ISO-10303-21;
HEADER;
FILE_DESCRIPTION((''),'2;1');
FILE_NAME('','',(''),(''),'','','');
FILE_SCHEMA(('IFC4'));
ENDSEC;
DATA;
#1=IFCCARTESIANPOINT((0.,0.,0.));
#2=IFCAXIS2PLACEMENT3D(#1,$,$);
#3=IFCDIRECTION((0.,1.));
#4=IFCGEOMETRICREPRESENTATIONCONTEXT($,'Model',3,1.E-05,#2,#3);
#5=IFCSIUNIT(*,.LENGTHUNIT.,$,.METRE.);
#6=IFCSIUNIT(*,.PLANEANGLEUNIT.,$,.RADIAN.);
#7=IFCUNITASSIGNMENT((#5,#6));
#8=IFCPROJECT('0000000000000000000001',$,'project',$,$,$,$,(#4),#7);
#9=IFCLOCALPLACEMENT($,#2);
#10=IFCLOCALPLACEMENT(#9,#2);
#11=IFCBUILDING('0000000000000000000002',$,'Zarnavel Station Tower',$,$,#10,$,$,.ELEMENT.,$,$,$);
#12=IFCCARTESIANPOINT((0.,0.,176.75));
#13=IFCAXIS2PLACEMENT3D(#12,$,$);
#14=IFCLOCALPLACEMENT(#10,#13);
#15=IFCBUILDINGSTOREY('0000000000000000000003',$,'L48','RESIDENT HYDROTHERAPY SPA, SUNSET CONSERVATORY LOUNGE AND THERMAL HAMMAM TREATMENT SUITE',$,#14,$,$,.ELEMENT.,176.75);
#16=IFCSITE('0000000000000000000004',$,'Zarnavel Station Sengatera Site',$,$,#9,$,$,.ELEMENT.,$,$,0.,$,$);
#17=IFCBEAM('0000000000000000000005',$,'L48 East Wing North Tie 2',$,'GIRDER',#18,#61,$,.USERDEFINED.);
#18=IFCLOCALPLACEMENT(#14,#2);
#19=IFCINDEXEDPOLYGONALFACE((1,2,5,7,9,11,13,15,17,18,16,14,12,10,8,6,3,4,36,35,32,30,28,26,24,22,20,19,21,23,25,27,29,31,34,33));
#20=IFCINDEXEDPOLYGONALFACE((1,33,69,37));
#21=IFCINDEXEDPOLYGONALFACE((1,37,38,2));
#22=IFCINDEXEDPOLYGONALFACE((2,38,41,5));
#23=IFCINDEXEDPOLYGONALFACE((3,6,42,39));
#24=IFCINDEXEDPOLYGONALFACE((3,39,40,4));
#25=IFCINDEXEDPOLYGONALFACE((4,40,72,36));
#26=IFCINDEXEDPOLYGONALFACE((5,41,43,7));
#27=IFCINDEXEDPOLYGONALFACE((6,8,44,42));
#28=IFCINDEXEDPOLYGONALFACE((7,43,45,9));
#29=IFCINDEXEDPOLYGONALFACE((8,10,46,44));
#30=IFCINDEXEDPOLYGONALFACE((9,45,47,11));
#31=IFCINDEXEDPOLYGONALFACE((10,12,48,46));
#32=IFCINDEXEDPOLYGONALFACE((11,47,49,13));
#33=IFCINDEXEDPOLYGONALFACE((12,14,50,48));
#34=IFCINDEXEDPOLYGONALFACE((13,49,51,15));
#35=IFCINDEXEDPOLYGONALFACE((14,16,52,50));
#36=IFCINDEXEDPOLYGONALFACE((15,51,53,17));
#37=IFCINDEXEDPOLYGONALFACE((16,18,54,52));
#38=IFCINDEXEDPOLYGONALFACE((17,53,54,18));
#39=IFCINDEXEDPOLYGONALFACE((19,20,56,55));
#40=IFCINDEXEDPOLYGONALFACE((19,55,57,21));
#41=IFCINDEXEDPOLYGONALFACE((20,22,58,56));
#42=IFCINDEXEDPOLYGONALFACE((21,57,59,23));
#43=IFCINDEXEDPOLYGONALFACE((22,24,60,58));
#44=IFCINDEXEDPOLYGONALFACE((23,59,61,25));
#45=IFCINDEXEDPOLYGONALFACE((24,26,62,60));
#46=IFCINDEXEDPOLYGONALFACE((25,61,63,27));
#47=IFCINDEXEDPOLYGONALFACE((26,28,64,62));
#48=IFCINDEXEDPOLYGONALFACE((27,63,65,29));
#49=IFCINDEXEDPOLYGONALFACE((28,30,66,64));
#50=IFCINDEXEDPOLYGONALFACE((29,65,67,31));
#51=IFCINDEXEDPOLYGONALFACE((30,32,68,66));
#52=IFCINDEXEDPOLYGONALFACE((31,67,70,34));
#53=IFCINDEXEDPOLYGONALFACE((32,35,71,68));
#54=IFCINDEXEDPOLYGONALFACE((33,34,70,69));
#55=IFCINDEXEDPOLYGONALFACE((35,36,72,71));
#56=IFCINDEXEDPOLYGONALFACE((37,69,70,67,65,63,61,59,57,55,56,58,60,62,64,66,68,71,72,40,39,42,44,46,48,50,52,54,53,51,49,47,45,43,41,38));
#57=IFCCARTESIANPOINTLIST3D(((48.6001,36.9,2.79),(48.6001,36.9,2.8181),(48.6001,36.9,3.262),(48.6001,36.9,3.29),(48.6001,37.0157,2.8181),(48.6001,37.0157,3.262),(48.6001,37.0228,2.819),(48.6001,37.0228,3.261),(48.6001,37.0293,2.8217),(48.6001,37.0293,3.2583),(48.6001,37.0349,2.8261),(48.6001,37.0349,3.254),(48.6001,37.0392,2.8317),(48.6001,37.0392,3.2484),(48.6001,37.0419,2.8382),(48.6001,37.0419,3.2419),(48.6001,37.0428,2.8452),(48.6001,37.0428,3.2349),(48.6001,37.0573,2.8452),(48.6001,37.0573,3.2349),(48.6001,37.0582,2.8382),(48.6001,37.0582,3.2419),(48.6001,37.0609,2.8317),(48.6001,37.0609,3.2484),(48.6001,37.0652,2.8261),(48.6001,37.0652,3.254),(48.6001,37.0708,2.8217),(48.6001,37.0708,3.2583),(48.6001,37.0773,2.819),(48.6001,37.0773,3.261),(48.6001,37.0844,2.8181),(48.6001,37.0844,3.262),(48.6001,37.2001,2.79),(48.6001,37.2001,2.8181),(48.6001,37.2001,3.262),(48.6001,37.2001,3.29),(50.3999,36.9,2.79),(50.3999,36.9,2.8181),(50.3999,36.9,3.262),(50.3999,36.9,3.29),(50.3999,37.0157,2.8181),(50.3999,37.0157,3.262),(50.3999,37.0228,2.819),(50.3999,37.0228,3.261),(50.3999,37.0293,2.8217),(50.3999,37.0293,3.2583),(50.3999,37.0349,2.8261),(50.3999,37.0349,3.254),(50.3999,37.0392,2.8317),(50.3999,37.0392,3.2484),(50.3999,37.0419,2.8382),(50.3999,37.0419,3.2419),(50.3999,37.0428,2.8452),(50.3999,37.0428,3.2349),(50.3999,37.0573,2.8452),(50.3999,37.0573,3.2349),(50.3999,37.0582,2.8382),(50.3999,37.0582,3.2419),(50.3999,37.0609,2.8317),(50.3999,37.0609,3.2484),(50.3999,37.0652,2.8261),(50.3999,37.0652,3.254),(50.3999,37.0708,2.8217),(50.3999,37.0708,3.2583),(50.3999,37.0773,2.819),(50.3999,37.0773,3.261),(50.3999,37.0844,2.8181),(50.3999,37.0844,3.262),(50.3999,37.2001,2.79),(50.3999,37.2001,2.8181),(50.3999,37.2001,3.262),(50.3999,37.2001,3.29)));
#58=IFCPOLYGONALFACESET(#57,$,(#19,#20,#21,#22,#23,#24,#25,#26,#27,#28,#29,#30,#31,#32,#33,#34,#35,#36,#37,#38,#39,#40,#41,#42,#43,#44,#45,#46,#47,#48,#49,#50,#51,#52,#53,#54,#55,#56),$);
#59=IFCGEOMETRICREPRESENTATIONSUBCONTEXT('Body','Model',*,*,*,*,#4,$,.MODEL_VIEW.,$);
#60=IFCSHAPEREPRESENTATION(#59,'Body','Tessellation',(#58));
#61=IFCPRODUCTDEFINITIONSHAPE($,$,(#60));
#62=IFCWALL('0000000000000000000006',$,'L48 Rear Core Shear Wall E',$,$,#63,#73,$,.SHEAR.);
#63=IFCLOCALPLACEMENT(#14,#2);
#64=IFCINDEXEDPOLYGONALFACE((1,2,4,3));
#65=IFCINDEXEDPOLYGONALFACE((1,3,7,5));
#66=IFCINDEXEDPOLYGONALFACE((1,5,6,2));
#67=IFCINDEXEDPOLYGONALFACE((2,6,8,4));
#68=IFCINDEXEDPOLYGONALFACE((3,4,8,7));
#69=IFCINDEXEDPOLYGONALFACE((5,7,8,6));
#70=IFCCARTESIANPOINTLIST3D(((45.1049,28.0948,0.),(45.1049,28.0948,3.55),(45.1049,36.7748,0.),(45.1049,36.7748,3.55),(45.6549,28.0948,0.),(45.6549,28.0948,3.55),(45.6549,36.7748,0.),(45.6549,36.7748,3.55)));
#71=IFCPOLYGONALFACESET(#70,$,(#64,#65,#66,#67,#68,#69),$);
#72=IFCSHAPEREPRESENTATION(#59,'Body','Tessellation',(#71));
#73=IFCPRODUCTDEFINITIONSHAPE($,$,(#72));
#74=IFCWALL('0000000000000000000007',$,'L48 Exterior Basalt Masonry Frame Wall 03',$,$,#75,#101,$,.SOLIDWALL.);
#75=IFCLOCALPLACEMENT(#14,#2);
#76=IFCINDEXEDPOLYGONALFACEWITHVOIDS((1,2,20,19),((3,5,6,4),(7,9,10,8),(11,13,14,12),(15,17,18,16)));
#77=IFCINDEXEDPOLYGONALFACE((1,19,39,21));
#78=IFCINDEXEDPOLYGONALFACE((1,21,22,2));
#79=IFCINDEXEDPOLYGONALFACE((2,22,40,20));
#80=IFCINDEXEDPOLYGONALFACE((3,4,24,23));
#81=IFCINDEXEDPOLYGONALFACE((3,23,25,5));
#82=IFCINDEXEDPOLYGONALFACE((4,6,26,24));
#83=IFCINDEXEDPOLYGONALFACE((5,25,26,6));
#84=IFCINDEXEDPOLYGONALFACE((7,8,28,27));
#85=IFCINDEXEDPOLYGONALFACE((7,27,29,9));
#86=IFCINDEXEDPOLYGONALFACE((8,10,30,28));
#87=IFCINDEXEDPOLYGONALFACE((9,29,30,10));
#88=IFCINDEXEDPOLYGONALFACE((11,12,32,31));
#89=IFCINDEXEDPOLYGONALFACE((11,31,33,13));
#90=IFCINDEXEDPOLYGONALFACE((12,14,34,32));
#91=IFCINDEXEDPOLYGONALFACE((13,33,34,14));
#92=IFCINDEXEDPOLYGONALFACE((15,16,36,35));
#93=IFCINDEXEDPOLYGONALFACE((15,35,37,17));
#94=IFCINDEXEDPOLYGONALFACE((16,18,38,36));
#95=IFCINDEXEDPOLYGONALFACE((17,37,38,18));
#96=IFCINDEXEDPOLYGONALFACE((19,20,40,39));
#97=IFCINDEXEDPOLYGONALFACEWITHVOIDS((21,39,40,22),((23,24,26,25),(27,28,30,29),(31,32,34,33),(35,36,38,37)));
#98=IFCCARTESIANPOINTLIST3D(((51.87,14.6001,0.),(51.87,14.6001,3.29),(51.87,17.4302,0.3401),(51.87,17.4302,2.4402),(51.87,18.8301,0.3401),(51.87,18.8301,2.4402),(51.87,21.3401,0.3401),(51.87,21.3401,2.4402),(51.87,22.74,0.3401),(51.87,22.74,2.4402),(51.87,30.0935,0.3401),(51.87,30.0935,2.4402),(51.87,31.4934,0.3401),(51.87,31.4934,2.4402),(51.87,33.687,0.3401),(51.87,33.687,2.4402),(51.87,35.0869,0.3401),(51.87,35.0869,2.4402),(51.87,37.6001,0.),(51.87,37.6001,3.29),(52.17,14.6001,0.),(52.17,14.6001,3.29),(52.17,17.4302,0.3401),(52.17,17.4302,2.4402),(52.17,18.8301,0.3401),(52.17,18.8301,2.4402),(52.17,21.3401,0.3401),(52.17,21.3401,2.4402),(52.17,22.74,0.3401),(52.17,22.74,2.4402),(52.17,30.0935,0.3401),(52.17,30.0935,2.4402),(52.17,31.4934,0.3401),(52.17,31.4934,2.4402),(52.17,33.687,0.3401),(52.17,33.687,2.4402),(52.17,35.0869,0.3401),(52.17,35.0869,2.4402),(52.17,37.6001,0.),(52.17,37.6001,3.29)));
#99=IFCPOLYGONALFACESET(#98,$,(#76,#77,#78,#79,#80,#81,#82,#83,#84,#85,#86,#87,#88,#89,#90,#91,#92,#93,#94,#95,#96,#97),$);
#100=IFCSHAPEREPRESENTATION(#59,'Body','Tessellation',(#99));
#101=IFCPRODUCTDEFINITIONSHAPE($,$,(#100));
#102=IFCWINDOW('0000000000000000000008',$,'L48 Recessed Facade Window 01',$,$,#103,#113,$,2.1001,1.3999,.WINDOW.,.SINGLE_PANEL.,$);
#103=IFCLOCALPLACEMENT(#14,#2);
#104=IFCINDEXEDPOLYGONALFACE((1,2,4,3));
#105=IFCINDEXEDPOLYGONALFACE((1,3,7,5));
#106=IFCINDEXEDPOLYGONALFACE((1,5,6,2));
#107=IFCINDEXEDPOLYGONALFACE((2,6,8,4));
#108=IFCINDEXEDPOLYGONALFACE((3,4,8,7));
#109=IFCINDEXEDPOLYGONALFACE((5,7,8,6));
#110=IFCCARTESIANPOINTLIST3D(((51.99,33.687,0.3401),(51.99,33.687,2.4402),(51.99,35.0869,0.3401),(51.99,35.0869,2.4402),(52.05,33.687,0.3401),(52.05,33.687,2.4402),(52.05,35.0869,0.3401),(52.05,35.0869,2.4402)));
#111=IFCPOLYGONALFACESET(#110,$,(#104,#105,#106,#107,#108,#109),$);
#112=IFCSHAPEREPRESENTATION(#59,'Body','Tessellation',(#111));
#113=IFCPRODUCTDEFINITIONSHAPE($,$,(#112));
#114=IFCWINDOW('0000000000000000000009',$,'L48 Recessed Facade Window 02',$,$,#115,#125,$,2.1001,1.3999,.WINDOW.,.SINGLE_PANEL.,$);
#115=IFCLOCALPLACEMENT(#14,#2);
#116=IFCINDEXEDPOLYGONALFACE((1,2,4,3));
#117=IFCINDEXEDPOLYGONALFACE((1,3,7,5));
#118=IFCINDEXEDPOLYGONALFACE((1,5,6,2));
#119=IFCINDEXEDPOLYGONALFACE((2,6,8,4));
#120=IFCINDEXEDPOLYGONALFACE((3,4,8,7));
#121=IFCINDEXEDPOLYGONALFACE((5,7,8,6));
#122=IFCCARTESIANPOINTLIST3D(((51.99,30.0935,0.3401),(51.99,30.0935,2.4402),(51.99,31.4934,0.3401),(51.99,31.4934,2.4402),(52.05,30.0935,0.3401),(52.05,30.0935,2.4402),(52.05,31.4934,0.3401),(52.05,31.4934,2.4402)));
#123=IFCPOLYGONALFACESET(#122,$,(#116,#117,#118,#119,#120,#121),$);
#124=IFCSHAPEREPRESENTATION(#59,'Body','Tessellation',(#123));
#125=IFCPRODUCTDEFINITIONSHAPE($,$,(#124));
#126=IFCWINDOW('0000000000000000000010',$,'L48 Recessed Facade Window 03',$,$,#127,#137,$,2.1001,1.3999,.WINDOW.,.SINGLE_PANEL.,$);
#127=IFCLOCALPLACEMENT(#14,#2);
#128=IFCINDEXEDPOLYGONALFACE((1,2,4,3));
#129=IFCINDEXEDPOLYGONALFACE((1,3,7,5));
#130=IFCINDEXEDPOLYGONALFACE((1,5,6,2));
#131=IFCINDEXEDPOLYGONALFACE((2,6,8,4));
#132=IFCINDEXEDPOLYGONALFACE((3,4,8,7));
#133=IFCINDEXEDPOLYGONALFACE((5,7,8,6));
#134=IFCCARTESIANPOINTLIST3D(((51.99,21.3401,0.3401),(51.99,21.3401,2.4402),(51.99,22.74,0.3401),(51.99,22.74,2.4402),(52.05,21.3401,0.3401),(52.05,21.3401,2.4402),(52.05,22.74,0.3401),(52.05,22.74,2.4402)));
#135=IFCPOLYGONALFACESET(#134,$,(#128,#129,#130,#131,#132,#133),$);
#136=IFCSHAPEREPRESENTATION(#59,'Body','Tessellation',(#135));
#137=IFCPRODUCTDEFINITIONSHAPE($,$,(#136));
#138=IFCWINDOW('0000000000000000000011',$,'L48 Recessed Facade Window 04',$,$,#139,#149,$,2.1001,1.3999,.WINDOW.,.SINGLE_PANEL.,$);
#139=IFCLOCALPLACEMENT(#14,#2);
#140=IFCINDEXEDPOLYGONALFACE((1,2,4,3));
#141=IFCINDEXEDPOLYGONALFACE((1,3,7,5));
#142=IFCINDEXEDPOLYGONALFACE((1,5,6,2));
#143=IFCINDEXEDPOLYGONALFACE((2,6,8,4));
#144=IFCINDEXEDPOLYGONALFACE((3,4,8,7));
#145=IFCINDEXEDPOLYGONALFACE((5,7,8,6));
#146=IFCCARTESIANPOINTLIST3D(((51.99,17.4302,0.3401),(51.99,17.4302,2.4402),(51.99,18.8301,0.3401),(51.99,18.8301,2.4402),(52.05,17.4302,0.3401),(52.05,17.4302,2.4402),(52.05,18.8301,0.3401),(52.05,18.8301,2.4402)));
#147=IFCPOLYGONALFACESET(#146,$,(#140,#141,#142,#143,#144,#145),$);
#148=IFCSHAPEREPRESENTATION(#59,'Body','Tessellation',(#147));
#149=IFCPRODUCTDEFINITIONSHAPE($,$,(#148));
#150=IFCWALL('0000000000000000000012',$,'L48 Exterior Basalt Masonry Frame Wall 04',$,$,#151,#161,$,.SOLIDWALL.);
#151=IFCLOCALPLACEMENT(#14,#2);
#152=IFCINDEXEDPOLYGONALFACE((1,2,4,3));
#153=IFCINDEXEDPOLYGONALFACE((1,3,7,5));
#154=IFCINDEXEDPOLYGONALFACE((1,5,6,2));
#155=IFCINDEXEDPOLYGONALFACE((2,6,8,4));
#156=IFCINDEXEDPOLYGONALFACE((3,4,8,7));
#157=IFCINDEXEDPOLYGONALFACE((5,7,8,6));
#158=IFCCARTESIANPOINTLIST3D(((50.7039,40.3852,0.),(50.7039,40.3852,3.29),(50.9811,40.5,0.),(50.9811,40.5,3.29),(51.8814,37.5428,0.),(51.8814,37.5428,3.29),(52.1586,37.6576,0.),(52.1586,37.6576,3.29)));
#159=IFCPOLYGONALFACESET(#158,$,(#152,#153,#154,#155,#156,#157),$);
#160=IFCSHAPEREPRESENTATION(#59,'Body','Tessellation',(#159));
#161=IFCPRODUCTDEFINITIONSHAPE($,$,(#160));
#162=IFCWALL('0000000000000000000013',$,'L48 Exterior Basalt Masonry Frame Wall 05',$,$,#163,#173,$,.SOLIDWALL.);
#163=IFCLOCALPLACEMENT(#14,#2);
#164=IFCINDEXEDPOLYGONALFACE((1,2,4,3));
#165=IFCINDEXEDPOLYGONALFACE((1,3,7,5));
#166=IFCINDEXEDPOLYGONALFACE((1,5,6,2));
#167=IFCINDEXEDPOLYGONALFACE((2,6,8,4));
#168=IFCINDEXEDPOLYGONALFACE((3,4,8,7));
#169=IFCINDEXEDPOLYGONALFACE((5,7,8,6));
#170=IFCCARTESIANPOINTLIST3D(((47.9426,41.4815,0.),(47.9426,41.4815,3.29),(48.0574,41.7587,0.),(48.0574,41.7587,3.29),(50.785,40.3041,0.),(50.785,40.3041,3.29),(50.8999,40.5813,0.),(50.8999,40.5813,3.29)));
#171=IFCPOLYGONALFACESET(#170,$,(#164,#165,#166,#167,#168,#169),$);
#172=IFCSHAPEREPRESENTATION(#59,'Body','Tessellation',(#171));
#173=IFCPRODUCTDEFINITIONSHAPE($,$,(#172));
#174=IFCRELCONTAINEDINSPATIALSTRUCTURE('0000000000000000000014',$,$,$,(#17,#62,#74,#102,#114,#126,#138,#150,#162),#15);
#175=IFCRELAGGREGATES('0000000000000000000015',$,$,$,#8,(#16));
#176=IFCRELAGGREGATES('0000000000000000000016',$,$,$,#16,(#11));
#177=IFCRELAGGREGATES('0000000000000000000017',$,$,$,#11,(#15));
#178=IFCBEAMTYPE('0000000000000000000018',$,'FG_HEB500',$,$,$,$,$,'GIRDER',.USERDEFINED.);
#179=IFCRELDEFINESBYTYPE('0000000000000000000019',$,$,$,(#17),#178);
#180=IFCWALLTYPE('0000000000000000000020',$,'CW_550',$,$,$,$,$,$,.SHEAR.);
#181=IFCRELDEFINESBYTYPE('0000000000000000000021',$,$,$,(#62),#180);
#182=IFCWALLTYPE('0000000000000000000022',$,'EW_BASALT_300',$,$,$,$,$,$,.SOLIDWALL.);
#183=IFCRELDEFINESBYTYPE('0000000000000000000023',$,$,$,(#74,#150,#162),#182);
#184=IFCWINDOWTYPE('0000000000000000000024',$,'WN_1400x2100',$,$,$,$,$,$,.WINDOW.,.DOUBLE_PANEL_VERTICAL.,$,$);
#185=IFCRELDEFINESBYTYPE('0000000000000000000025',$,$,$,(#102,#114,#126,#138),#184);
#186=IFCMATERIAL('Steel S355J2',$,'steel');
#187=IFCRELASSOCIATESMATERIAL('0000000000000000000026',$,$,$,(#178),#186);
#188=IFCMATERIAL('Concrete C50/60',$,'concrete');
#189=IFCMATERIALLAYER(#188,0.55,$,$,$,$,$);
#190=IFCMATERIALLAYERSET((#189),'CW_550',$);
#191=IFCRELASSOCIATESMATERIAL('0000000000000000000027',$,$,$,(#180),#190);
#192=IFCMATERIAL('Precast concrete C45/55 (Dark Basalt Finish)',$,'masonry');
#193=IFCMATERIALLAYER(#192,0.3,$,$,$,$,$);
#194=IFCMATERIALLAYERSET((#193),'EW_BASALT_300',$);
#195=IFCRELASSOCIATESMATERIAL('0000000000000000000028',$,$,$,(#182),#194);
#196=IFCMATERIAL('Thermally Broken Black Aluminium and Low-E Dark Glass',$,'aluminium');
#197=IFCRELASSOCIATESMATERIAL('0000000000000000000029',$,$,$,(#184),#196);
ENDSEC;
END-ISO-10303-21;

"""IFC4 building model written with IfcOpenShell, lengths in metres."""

from ifc_helpers import new_model, si_unit, direction, frame, frame_2d, origin, origin_2d, place, context, subcontext, project, spatial, rectangle, i_section, extrude, material, layer, layer_set, material_profile, profile_set, type_object, element, fill, save


model = new_model("IFC4")

# Units and contexts
model_context = context("Model", 3, precision=1e-05, world=origin(), true_north=direction((0.0, 1.0)))
body_context = subcontext(model_context, "Body", "Model", "MODEL_VIEW")
ifc_project = project(units=[si_unit("LENGTHUNIT", "METRE"), si_unit("PLANEANGLEUNIT", "RADIAN")], contexts=[model_context])

# Site, building, storey
site_placement = place(None, origin())
site = spatial("IfcSite", under=ifc_project, at=site_placement, Name="Zarnavel Station Sengatera Site", CompositionType="ELEMENT", RefElevation=0.0)
building_placement = place(site_placement, origin())
building = spatial("IfcBuilding", under=site, at=building_placement, Name="Zarnavel Station Tower", CompositionType="ELEMENT")
storey_placement = place(building_placement, frame((0.0, 0.0, 176.75)))
storey = spatial("IfcBuildingStorey", under=building, at=storey_placement, Name="L48", Description="RESIDENT HYDROTHERAPY SPA, SUNSET CONSERVATORY LOUNGE AND THERMAL HAMMAM TREATMENT SUITE", CompositionType="ELEMENT", Elevation=176.75)

# Beam
ifc_material_1 = material(Name="Steel S355J2", Category="steel")
ifc_material_profile_1 = material_profile(ifc_material_1, i_section(OverallWidth=0.3, OverallDepth=0.5, WebThickness=0.0144, FlangeThickness=0.0281, FilletRadius=0.0271, at=origin_2d()), Name="HEB500")
ifc_profile_set_1 = profile_set([ifc_material_profile_1], Name="Steel S355J2")
beam_type = type_object("IfcBeamType", Name="FG_HEB500", ElementType="GIRDER", PredefinedType="USERDEFINED", material=ifc_profile_set_1)
beam_1_placement = place(storey_placement, frame((48.6001, 37.05, 3.04), z_axis=(1.0, 0.0, 0.0), x_axis=(0.0, 1.0, 0.0)))
element("IfcBeam", 1, at=beam_1_placement, inside=storey, type_object=beam_type, Name="L48 East Wing North Tie 2", ObjectType="GIRDER", PredefinedType="USERDEFINED", context=body_context, shape_type="SweptSolid", body=[
    extrude(i_section(OverallWidth=0.3, OverallDepth=0.5, WebThickness=0.0144, FlangeThickness=0.0281, FilletRadius=0.0271, at=origin_2d()), origin(), (0.0, 0.0, 1.0), 1.7998),
])

# Wall
ifc_material_2 = material(Name="Concrete C50/60", Category="concrete")
ifc_layer_1 = layer(ifc_material_2, 0.55)
ifc_layer_set_1 = layer_set([ifc_layer_1], Name="CW_550")
wall_type_1 = type_object("IfcWallType", Name="CW_550", PredefinedType="SHEAR", material=ifc_layer_set_1)
wall_1_placement = place(storey_placement, frame((45.3799, 28.095, 0.0), z_axis=(0.0, 0.0, 1.0), x_axis=(0.0, 1.0, 0.0)))
element("IfcWall", 2, at=wall_1_placement, inside=storey, type_object=wall_type_1, Name="L48 Rear Core Shear Wall E", PredefinedType="SHEAR", context=body_context, shape_type="SweptSolid", body=[
    extrude(rectangle(XDim=8.6799, YDim=0.55, at=frame_2d((4.3398, 0.0))), origin(), (0.0, 0.0, 1.0), 3.55),
])

# Wall, openings, windows
ifc_material_3 = material(Name="Precast concrete C45/55 (Dark Basalt Finish)", Category="masonry")
ifc_layer_2 = layer(ifc_material_3, 0.3)
ifc_layer_set_2 = layer_set([ifc_layer_2], Name="EW_BASALT_300")
wall_type_2 = type_object("IfcWallType", Name="EW_BASALT_300", PredefinedType="SOLIDWALL", material=ifc_layer_set_2)
wall_2_placement = place(storey_placement, frame((52.02, 37.6001, 0.0), z_axis=(0.0, 0.0, 1.0), x_axis=(0.0, -1.0, 0.0)))
wall_2 = element("IfcWall", 3, at=wall_2_placement, inside=storey, type_object=wall_type_2, Name="L48 Exterior Basalt Masonry Frame Wall 03", PredefinedType="SOLIDWALL", context=body_context, shape_type="SweptSolid", body=[
    extrude(rectangle(XDim=23.0, YDim=0.3, at=frame_2d((11.5, 0.0))), origin(), (0.0, 0.0, 1.0), 3.29),
])
opening_1_placement = place(wall_2_placement, frame((2.5132, 0.0, 0.3401)))
opening_1 = element("IfcOpeningElement", 4, at=opening_1_placement, cuts=wall_2, PredefinedType="OPENING", context=body_context, shape_type="SweptSolid", body=[
    extrude(rectangle(XDim=1.3999, YDim=2.1001, at=frame_2d((0.7, 1.05))), frame((0.0, 0.1599, 0.0), z_axis=(0.0, -1.0, 0.0), x_axis=(1.0, 0.0, 0.0)), (0.0, 0.0, 1.0), 0.3201),
])
opening_2_placement = place(wall_2_placement, frame((6.1067, 0.0, 0.3401)))
opening_2 = element("IfcOpeningElement", 5, at=opening_2_placement, cuts=wall_2, PredefinedType="OPENING", context=body_context, shape_type="SweptSolid", body=[
    extrude(rectangle(XDim=1.3999, YDim=2.1001, at=frame_2d((0.7, 1.05))), frame((0.0, 0.1599, 0.0), z_axis=(0.0, -1.0, 0.0), x_axis=(1.0, 0.0, 0.0)), (0.0, 0.0, 1.0), 0.3201),
])
opening_3_placement = place(wall_2_placement, frame((14.8601, 0.0, 0.3401)))
opening_3 = element("IfcOpeningElement", 6, at=opening_3_placement, cuts=wall_2, PredefinedType="OPENING", context=body_context, shape_type="SweptSolid", body=[
    extrude(rectangle(XDim=1.3999, YDim=2.1001, at=frame_2d((0.7, 1.05))), frame((0.0, 0.1599, 0.0), z_axis=(0.0, -1.0, 0.0), x_axis=(1.0, 0.0, 0.0)), (0.0, 0.0, 1.0), 0.3201),
])
opening_4_placement = place(wall_2_placement, frame((18.77, 0.0, 0.3401)))
opening_4 = element("IfcOpeningElement", 7, at=opening_4_placement, cuts=wall_2, PredefinedType="OPENING", context=body_context, shape_type="SweptSolid", body=[
    extrude(rectangle(XDim=1.3999, YDim=2.1001, at=frame_2d((0.7, 1.05))), frame((0.0, 0.1599, 0.0), z_axis=(0.0, -1.0, 0.0), x_axis=(1.0, 0.0, 0.0)), (0.0, 0.0, 1.0), 0.3201),
])
ifc_material_4 = material(Name="Thermally Broken Black Aluminium and Low-E Dark Glass", Category="aluminium")
window_type = type_object("IfcWindowType", Name="WN_1400x2100", PartitioningType="DOUBLE_PANEL_VERTICAL", PredefinedType="WINDOW", material=ifc_material_4)
window_1_placement = place(opening_1_placement, origin())
window_1 = element("IfcWindow", 8, at=window_1_placement, inside=storey, type_object=window_type, Name="L48 Recessed Facade Window 01", OverallHeight=2.1001, OverallWidth=1.3999, PartitioningType="SINGLE_PANEL", PredefinedType="WINDOW", context=body_context, shape_type="SweptSolid", body=[
    extrude(rectangle(XDim=1.3999, YDim=2.1001, at=frame_2d((0.7, 1.05))), frame((0.0, 0.03, 0.0), z_axis=(0.0, -1.0, 0.0), x_axis=(1.0, 0.0, 0.0)), (0.0, 0.0, 1.0), 0.0601),
])
fill(opening_1, window_1)
window_2_placement = place(opening_2_placement, origin())
window_2 = element("IfcWindow", 9, at=window_2_placement, inside=storey, type_object=window_type, Name="L48 Recessed Facade Window 02", OverallHeight=2.1001, OverallWidth=1.3999, PartitioningType="SINGLE_PANEL", PredefinedType="WINDOW", context=body_context, shape_type="SweptSolid", body=[
    extrude(rectangle(XDim=1.3999, YDim=2.1001, at=frame_2d((0.7, 1.05))), frame((0.0, 0.03, 0.0), z_axis=(0.0, -1.0, 0.0), x_axis=(1.0, 0.0, 0.0)), (0.0, 0.0, 1.0), 0.0601),
])
fill(opening_2, window_2)
window_3_placement = place(opening_3_placement, origin())
window_3 = element("IfcWindow", 10, at=window_3_placement, inside=storey, type_object=window_type, Name="L48 Recessed Facade Window 03", OverallHeight=2.1001, OverallWidth=1.3999, PartitioningType="SINGLE_PANEL", PredefinedType="WINDOW", context=body_context, shape_type="SweptSolid", body=[
    extrude(rectangle(XDim=1.3999, YDim=2.1001, at=frame_2d((0.7, 1.05))), frame((0.0, 0.03, 0.0), z_axis=(0.0, -1.0, 0.0), x_axis=(1.0, 0.0, 0.0)), (0.0, 0.0, 1.0), 0.0601),
])
fill(opening_3, window_3)
window_4_placement = place(opening_4_placement, origin())
window_4 = element("IfcWindow", 11, at=window_4_placement, inside=storey, type_object=window_type, Name="L48 Recessed Facade Window 04", OverallHeight=2.1001, OverallWidth=1.3999, PartitioningType="SINGLE_PANEL", PredefinedType="WINDOW", context=body_context, shape_type="SweptSolid", body=[
    extrude(rectangle(XDim=1.3999, YDim=2.1001, at=frame_2d((0.7, 1.05))), frame((0.0, 0.03, 0.0), z_axis=(0.0, -1.0, 0.0), x_axis=(1.0, 0.0, 0.0)), (0.0, 0.0, 1.0), 0.0601),
])
fill(opening_4, window_4)

# Walls
for number, where, z_axis, x_axis, name in (
    (12, (50.8425, 40.4426, 0.0), (0.0, 0.0, 1.0), (0.382705, -0.923871, 0.0), "L48 Exterior Basalt Masonry Frame Wall 04"),
    (13, (48.0, 41.6201, 0.0), (0.0, 0.0, 1.0), (0.923871, -0.382705, 0.0), "L48 Exterior Basalt Masonry Frame Wall 05"),
):
    element("IfcWall", number, at=place(storey_placement, frame(where, z_axis=z_axis, x_axis=x_axis)), inside=storey, type_object=wall_type_2, Name=name, PredefinedType="SOLIDWALL", context=body_context, shape_type="SweptSolid", body=[
        extrude(rectangle(XDim=3.0767, YDim=0.3, at=frame_2d((1.5383, 0.0))), origin(), (0.0, 0.0, 1.0), 3.29),
    ])

save(model, "model.ifc")
